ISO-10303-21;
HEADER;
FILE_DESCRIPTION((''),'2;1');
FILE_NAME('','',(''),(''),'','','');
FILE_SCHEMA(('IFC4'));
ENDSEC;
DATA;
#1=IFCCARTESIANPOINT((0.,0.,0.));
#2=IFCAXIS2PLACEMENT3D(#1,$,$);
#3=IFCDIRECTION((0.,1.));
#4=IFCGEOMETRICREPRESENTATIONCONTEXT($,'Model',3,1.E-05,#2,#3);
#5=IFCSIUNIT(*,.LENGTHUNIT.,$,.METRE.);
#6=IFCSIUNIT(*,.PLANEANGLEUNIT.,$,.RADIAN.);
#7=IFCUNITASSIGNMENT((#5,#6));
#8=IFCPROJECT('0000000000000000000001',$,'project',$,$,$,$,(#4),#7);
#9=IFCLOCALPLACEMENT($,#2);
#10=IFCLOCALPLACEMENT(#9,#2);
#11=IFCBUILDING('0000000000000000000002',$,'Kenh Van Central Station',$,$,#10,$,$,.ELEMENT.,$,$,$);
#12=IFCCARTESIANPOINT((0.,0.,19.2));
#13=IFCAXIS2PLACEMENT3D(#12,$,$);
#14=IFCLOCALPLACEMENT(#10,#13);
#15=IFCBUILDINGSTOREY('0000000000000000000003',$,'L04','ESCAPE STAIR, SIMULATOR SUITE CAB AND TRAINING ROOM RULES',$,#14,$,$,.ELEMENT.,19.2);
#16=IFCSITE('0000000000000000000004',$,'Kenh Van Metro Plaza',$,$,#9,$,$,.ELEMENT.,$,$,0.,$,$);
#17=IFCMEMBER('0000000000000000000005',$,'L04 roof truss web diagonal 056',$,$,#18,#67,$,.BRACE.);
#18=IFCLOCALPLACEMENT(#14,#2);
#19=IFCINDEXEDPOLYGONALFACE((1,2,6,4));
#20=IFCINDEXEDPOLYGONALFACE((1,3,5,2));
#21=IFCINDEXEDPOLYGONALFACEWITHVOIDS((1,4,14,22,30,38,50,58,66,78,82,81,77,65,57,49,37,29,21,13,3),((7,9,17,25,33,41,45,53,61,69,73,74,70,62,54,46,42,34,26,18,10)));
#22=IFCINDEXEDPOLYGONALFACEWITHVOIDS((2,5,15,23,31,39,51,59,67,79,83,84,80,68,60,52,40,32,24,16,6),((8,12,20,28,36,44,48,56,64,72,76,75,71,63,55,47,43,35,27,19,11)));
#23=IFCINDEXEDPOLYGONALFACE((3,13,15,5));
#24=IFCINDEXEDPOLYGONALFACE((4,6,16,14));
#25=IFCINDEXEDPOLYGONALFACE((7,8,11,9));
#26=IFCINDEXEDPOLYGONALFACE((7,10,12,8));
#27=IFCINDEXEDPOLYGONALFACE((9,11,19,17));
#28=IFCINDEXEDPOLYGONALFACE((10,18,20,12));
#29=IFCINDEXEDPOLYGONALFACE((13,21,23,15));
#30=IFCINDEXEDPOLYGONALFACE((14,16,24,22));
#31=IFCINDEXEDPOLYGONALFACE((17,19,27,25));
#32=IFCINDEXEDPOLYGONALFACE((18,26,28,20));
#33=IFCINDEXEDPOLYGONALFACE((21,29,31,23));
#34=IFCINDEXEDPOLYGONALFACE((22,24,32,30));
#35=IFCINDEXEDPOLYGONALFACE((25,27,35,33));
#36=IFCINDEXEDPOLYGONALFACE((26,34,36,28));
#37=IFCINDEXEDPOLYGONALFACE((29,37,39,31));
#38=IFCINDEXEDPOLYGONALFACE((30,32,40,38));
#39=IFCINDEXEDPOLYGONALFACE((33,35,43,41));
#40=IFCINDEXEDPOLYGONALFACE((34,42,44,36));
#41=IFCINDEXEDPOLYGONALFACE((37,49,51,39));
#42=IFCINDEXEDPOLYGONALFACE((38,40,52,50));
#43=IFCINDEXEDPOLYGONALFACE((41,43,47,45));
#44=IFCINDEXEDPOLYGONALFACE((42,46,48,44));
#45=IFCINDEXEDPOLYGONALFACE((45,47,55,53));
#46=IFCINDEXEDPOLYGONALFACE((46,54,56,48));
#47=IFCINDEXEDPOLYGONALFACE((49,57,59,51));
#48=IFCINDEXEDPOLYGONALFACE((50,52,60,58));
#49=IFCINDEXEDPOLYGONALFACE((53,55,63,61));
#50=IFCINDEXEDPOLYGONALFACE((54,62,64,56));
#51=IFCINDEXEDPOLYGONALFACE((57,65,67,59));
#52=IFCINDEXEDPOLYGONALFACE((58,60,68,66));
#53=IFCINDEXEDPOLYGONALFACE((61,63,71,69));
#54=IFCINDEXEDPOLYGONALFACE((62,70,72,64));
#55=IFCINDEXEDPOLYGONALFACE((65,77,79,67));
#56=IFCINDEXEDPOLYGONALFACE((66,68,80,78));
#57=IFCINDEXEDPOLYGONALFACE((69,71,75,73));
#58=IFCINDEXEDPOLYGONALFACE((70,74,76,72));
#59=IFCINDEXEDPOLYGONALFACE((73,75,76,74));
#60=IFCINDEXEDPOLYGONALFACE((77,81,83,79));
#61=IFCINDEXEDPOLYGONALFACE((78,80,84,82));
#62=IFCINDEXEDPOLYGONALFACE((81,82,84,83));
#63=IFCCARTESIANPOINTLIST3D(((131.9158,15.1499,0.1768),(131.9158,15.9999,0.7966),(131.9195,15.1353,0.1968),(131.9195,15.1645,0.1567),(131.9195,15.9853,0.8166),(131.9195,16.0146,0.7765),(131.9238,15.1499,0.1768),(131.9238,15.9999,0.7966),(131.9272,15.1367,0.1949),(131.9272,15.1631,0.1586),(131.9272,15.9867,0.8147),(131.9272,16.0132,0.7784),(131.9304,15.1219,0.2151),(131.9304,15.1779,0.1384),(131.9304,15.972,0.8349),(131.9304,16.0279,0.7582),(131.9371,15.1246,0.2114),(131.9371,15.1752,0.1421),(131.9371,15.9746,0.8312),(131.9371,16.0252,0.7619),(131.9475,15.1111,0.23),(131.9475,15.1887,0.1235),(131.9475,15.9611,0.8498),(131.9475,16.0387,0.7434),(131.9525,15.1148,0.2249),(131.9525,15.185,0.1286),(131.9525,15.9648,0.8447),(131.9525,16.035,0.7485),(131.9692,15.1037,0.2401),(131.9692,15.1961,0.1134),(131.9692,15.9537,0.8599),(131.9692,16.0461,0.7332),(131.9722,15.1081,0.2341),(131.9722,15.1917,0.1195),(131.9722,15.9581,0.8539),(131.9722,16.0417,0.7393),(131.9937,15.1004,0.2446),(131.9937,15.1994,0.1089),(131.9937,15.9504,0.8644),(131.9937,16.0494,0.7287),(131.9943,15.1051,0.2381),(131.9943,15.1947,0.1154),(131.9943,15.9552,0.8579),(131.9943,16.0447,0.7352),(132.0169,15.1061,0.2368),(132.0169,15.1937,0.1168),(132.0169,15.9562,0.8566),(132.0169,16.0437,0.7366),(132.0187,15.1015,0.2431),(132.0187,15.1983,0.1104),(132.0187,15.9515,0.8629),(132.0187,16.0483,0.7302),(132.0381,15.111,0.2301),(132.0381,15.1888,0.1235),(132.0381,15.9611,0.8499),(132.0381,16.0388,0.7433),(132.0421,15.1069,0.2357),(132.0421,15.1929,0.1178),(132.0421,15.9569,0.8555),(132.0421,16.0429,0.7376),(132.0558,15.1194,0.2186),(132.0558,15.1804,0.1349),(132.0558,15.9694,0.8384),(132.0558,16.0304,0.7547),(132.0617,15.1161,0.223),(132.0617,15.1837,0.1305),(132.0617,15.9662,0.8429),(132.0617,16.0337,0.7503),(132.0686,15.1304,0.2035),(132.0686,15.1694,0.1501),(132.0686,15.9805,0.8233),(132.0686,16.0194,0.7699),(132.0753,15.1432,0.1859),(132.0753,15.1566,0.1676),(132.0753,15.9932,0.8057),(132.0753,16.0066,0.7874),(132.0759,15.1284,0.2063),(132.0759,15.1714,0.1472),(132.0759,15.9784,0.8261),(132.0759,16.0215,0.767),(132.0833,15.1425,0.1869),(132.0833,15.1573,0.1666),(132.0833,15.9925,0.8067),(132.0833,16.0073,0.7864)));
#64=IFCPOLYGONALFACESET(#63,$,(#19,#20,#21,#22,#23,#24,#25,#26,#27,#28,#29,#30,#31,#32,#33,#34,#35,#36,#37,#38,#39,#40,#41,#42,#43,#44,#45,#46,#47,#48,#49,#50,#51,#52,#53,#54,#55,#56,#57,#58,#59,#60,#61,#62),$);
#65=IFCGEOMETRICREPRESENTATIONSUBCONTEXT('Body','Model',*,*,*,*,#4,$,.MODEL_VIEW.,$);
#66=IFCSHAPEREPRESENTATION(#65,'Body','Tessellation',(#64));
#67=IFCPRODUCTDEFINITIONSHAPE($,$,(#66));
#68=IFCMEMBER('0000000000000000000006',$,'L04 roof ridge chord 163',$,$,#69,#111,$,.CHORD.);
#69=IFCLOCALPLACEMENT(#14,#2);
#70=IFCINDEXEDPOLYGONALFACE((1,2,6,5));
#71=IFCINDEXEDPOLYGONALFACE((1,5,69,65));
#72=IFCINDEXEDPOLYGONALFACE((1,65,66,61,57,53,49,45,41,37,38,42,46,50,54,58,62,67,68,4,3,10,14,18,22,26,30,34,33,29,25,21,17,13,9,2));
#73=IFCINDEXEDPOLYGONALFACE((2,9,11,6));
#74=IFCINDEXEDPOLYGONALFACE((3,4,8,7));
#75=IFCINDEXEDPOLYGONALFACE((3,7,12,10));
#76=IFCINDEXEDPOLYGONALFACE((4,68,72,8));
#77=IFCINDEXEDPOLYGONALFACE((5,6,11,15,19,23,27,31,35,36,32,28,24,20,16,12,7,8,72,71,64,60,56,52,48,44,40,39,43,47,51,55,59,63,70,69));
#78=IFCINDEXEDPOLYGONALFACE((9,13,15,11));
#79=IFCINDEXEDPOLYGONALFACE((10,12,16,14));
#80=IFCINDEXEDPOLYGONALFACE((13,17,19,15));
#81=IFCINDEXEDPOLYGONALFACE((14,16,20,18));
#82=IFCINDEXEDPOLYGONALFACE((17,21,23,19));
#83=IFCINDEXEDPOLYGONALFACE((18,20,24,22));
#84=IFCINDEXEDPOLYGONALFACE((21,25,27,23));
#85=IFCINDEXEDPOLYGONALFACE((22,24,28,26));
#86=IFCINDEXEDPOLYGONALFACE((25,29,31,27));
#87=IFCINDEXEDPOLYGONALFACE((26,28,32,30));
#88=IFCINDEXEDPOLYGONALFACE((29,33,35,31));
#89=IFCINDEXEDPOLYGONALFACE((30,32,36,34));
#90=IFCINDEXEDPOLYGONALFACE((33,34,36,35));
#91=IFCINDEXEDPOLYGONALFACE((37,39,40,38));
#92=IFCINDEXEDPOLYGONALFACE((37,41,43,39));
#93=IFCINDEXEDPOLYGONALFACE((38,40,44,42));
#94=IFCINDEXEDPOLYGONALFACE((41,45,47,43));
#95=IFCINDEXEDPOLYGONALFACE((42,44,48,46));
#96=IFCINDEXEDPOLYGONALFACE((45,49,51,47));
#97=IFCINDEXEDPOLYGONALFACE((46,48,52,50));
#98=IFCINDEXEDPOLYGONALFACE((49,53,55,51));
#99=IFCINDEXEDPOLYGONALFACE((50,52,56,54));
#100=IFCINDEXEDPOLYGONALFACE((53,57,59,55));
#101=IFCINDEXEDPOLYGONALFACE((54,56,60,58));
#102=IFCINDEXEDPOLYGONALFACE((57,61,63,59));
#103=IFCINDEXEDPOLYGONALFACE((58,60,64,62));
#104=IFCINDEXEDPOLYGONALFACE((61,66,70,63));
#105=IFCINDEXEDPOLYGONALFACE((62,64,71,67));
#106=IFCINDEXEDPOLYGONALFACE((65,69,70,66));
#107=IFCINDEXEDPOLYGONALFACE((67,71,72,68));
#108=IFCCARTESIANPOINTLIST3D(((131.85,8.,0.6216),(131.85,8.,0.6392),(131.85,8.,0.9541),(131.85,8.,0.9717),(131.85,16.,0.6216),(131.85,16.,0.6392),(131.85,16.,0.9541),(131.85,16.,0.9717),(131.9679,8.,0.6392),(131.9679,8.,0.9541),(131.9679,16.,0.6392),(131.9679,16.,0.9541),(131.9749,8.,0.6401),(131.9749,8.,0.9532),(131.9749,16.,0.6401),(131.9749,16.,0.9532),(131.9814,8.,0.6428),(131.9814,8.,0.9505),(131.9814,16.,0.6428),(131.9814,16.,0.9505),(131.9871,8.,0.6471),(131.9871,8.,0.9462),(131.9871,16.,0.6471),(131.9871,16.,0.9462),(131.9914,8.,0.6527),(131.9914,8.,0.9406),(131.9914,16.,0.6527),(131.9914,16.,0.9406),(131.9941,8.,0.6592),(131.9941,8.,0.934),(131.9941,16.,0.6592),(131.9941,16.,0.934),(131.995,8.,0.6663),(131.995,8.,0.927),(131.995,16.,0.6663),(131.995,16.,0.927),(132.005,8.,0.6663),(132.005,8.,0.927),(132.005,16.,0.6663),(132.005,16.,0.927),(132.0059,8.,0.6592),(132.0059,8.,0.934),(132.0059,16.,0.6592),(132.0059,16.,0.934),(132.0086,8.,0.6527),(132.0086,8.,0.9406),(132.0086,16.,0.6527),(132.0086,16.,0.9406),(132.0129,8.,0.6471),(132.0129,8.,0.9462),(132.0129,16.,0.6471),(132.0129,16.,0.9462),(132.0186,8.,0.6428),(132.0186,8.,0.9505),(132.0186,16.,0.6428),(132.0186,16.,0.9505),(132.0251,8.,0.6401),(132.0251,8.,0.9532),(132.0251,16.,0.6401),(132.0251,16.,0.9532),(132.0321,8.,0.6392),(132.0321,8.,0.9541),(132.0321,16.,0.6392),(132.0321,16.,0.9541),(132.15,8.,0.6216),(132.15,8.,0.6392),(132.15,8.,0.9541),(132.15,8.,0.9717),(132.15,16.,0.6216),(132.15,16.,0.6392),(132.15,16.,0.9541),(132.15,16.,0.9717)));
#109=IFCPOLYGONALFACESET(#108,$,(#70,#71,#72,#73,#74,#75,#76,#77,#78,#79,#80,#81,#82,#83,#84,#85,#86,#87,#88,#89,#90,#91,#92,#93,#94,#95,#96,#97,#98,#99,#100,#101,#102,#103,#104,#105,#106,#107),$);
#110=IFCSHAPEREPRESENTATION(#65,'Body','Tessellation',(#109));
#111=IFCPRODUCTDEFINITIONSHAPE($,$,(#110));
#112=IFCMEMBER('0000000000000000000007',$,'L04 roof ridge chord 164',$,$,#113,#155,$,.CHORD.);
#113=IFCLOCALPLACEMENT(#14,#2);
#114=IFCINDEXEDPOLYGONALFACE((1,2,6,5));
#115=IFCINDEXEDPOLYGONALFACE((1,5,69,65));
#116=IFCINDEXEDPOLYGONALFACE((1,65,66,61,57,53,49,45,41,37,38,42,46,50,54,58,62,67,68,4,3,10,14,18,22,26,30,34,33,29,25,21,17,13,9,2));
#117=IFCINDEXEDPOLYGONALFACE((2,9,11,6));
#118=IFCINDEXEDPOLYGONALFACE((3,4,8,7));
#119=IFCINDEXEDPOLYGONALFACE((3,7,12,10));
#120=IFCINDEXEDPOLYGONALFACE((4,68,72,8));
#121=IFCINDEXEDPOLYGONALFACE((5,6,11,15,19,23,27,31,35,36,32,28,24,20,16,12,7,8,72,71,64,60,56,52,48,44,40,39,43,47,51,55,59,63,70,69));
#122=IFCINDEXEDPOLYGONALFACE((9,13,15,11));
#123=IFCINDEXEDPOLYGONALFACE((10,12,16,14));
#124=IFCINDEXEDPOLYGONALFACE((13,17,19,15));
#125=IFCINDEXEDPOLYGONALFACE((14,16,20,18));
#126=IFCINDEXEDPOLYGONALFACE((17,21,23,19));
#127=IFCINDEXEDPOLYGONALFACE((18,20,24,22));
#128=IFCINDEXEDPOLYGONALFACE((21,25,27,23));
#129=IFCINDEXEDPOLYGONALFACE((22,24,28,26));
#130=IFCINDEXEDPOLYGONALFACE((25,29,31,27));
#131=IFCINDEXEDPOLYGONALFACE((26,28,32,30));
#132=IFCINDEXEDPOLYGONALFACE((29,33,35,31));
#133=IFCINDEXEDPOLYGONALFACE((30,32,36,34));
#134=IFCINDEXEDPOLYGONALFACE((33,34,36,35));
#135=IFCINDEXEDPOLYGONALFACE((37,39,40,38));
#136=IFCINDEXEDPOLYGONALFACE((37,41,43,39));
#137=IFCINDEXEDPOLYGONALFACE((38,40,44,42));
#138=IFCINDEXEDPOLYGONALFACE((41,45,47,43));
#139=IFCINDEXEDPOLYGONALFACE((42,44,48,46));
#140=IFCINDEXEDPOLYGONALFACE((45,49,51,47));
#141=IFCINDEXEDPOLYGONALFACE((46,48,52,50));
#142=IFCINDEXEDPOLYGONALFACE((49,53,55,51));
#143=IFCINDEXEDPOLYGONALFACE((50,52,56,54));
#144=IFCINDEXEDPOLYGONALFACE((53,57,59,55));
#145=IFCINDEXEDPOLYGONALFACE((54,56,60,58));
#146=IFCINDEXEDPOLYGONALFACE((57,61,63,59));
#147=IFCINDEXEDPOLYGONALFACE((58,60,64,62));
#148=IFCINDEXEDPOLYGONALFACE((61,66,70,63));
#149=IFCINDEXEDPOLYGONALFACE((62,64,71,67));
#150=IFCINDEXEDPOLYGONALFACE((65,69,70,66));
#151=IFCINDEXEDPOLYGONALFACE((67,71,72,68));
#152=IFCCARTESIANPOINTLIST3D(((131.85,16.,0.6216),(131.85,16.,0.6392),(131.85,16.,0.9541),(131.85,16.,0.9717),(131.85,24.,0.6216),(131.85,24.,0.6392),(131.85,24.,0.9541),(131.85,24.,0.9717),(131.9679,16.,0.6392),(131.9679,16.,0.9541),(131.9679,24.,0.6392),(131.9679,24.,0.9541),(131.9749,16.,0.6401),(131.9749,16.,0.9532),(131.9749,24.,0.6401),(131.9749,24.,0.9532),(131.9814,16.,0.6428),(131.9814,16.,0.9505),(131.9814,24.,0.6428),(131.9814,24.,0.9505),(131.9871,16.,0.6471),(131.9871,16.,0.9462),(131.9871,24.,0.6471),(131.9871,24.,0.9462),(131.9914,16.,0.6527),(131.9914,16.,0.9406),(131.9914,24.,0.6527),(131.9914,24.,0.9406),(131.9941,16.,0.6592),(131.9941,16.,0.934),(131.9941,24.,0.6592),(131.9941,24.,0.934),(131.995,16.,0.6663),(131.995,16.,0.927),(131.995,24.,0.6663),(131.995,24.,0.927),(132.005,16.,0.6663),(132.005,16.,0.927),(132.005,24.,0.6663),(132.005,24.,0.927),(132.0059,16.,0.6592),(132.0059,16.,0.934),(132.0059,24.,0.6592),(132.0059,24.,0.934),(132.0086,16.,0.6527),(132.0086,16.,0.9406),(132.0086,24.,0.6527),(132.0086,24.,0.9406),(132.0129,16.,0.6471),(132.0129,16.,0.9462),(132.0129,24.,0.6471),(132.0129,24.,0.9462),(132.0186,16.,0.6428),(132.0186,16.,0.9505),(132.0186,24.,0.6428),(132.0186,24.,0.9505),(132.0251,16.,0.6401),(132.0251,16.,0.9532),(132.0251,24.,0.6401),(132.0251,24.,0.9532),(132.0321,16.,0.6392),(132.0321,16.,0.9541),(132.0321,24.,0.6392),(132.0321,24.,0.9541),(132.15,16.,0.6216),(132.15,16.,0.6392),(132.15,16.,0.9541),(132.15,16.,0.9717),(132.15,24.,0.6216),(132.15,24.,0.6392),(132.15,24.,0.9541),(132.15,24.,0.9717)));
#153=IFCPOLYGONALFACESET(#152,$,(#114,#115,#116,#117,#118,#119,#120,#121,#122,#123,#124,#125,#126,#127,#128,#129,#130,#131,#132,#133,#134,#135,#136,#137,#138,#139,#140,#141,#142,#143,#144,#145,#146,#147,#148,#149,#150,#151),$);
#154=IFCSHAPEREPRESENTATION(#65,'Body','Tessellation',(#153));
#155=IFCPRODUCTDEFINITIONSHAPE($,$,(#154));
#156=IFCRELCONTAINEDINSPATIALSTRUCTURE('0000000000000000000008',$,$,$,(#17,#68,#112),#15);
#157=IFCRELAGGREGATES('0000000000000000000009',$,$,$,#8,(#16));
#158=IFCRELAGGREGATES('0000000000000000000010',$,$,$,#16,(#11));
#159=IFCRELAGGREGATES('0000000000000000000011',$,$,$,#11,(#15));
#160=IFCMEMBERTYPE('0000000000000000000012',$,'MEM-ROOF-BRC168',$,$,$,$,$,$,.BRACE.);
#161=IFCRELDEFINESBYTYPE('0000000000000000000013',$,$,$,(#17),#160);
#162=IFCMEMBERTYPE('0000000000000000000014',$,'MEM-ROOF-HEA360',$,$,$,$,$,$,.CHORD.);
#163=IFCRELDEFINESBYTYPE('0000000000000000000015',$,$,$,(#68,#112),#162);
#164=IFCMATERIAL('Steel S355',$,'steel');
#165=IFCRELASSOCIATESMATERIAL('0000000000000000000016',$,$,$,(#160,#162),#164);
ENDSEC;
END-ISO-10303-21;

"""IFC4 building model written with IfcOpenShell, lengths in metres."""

from ifc_helpers import new_model, si_unit, direction, frame, origin, origin_2d, place, context, subcontext, project, spatial, hollow_circle, i_section, extrude, material, material_profile, profile_set, type_object, element, save


model = new_model("IFC4")

# Units and contexts
model_context = context("Model", 3, precision=1e-05, world=origin(), true_north=direction((0.0, 1.0)))
body_context = subcontext(model_context, "Body", "Model", "MODEL_VIEW")
ifc_project = project(units=[si_unit("LENGTHUNIT", "METRE"), si_unit("PLANEANGLEUNIT", "RADIAN")], contexts=[model_context])

# Site, building, storey
site_placement = place(None, origin())
site = spatial("IfcSite", under=ifc_project, at=site_placement, Name="Kenh Van Metro Plaza", CompositionType="ELEMENT", RefElevation=0.0)
building_placement = place(site_placement, origin())
building = spatial("IfcBuilding", under=site, at=building_placement, Name="Kenh Van Central Station", CompositionType="ELEMENT")
storey_placement = place(building_placement, frame((0.0, 0.0, 19.2)))
storey = spatial("IfcBuildingStorey", under=building, at=storey_placement, Name="L04", Description="ESCAPE STAIR, SIMULATOR SUITE CAB AND TRAINING ROOM RULES", CompositionType="ELEMENT", Elevation=19.2)

# Shared definitions
ifc_material_1 = material(Name="Steel S355", Category="steel")

# Members
ifc_material_profile_1 = material_profile(ifc_material_1, hollow_circle(Radius=0.0842, WallThickness=0.0081, at=origin_2d()), Name="CHS 168.3x8")
ifc_profile_set_1 = profile_set([ifc_material_profile_1], Name="Steel S355")
member_type_1 = type_object("IfcMemberType", Name="MEM-ROOF-BRC168", PredefinedType="BRACE", material=ifc_profile_set_1)
for number, where, z_axis, x_axis, name in (
    (1, (132.0, 15.1499, 0.1768), (0.0, 0.808003, 0.589178), (-1.0, 0.0, 0.0), "L04 roof truss web diagonal 056"),
):
    element("IfcMember", number, at=place(storey_placement, frame(where, z_axis=z_axis, x_axis=x_axis)), inside=storey, type_object=member_type_1, Name=name, PredefinedType="BRACE", context=body_context, shape_type="SweptSolid", body=[
        extrude(hollow_circle(Radius=0.0842, WallThickness=0.0081, at=origin_2d()), origin(), (0.0, 0.0, 1.0), 1.052),
    ])
ifc_material_profile_2 = material_profile(ifc_material_1, i_section(OverallWidth=0.3, OverallDepth=0.3501, WebThickness=0.01, FlangeThickness=0.0176, FilletRadius=0.0271, at=origin_2d()), Name="HEA 360")
ifc_profile_set_2 = profile_set([ifc_material_profile_2], Name="Steel S355")
member_type_2 = type_object("IfcMemberType", Name="MEM-ROOF-HEA360", PredefinedType="CHORD", material=ifc_profile_set_2)
for number, where, z_axis, x_axis, name in (
    (2, (132.0, 8.0, 0.7966), (0.0, 1.0, 0.0), (-1.0, 0.0, 0.0), "L04 roof ridge chord 163"),
    (3, (132.0, 16.0, 0.7966), (0.0, 1.0, 0.0), (-1.0, 0.0, 0.0), "L04 roof ridge chord 164"),
):
    element("IfcMember", number, at=place(storey_placement, frame(where, z_axis=z_axis, x_axis=x_axis)), inside=storey, type_object=member_type_2, Name=name, PredefinedType="CHORD", context=body_context, shape_type="SweptSolid", body=[
        extrude(i_section(OverallWidth=0.3, OverallDepth=0.3501, WebThickness=0.01, FlangeThickness=0.0176, FilletRadius=0.0271, at=origin_2d()), origin(), (0.0, 0.0, 1.0), 8.0),
    ])

save(model, "model.ifc")
